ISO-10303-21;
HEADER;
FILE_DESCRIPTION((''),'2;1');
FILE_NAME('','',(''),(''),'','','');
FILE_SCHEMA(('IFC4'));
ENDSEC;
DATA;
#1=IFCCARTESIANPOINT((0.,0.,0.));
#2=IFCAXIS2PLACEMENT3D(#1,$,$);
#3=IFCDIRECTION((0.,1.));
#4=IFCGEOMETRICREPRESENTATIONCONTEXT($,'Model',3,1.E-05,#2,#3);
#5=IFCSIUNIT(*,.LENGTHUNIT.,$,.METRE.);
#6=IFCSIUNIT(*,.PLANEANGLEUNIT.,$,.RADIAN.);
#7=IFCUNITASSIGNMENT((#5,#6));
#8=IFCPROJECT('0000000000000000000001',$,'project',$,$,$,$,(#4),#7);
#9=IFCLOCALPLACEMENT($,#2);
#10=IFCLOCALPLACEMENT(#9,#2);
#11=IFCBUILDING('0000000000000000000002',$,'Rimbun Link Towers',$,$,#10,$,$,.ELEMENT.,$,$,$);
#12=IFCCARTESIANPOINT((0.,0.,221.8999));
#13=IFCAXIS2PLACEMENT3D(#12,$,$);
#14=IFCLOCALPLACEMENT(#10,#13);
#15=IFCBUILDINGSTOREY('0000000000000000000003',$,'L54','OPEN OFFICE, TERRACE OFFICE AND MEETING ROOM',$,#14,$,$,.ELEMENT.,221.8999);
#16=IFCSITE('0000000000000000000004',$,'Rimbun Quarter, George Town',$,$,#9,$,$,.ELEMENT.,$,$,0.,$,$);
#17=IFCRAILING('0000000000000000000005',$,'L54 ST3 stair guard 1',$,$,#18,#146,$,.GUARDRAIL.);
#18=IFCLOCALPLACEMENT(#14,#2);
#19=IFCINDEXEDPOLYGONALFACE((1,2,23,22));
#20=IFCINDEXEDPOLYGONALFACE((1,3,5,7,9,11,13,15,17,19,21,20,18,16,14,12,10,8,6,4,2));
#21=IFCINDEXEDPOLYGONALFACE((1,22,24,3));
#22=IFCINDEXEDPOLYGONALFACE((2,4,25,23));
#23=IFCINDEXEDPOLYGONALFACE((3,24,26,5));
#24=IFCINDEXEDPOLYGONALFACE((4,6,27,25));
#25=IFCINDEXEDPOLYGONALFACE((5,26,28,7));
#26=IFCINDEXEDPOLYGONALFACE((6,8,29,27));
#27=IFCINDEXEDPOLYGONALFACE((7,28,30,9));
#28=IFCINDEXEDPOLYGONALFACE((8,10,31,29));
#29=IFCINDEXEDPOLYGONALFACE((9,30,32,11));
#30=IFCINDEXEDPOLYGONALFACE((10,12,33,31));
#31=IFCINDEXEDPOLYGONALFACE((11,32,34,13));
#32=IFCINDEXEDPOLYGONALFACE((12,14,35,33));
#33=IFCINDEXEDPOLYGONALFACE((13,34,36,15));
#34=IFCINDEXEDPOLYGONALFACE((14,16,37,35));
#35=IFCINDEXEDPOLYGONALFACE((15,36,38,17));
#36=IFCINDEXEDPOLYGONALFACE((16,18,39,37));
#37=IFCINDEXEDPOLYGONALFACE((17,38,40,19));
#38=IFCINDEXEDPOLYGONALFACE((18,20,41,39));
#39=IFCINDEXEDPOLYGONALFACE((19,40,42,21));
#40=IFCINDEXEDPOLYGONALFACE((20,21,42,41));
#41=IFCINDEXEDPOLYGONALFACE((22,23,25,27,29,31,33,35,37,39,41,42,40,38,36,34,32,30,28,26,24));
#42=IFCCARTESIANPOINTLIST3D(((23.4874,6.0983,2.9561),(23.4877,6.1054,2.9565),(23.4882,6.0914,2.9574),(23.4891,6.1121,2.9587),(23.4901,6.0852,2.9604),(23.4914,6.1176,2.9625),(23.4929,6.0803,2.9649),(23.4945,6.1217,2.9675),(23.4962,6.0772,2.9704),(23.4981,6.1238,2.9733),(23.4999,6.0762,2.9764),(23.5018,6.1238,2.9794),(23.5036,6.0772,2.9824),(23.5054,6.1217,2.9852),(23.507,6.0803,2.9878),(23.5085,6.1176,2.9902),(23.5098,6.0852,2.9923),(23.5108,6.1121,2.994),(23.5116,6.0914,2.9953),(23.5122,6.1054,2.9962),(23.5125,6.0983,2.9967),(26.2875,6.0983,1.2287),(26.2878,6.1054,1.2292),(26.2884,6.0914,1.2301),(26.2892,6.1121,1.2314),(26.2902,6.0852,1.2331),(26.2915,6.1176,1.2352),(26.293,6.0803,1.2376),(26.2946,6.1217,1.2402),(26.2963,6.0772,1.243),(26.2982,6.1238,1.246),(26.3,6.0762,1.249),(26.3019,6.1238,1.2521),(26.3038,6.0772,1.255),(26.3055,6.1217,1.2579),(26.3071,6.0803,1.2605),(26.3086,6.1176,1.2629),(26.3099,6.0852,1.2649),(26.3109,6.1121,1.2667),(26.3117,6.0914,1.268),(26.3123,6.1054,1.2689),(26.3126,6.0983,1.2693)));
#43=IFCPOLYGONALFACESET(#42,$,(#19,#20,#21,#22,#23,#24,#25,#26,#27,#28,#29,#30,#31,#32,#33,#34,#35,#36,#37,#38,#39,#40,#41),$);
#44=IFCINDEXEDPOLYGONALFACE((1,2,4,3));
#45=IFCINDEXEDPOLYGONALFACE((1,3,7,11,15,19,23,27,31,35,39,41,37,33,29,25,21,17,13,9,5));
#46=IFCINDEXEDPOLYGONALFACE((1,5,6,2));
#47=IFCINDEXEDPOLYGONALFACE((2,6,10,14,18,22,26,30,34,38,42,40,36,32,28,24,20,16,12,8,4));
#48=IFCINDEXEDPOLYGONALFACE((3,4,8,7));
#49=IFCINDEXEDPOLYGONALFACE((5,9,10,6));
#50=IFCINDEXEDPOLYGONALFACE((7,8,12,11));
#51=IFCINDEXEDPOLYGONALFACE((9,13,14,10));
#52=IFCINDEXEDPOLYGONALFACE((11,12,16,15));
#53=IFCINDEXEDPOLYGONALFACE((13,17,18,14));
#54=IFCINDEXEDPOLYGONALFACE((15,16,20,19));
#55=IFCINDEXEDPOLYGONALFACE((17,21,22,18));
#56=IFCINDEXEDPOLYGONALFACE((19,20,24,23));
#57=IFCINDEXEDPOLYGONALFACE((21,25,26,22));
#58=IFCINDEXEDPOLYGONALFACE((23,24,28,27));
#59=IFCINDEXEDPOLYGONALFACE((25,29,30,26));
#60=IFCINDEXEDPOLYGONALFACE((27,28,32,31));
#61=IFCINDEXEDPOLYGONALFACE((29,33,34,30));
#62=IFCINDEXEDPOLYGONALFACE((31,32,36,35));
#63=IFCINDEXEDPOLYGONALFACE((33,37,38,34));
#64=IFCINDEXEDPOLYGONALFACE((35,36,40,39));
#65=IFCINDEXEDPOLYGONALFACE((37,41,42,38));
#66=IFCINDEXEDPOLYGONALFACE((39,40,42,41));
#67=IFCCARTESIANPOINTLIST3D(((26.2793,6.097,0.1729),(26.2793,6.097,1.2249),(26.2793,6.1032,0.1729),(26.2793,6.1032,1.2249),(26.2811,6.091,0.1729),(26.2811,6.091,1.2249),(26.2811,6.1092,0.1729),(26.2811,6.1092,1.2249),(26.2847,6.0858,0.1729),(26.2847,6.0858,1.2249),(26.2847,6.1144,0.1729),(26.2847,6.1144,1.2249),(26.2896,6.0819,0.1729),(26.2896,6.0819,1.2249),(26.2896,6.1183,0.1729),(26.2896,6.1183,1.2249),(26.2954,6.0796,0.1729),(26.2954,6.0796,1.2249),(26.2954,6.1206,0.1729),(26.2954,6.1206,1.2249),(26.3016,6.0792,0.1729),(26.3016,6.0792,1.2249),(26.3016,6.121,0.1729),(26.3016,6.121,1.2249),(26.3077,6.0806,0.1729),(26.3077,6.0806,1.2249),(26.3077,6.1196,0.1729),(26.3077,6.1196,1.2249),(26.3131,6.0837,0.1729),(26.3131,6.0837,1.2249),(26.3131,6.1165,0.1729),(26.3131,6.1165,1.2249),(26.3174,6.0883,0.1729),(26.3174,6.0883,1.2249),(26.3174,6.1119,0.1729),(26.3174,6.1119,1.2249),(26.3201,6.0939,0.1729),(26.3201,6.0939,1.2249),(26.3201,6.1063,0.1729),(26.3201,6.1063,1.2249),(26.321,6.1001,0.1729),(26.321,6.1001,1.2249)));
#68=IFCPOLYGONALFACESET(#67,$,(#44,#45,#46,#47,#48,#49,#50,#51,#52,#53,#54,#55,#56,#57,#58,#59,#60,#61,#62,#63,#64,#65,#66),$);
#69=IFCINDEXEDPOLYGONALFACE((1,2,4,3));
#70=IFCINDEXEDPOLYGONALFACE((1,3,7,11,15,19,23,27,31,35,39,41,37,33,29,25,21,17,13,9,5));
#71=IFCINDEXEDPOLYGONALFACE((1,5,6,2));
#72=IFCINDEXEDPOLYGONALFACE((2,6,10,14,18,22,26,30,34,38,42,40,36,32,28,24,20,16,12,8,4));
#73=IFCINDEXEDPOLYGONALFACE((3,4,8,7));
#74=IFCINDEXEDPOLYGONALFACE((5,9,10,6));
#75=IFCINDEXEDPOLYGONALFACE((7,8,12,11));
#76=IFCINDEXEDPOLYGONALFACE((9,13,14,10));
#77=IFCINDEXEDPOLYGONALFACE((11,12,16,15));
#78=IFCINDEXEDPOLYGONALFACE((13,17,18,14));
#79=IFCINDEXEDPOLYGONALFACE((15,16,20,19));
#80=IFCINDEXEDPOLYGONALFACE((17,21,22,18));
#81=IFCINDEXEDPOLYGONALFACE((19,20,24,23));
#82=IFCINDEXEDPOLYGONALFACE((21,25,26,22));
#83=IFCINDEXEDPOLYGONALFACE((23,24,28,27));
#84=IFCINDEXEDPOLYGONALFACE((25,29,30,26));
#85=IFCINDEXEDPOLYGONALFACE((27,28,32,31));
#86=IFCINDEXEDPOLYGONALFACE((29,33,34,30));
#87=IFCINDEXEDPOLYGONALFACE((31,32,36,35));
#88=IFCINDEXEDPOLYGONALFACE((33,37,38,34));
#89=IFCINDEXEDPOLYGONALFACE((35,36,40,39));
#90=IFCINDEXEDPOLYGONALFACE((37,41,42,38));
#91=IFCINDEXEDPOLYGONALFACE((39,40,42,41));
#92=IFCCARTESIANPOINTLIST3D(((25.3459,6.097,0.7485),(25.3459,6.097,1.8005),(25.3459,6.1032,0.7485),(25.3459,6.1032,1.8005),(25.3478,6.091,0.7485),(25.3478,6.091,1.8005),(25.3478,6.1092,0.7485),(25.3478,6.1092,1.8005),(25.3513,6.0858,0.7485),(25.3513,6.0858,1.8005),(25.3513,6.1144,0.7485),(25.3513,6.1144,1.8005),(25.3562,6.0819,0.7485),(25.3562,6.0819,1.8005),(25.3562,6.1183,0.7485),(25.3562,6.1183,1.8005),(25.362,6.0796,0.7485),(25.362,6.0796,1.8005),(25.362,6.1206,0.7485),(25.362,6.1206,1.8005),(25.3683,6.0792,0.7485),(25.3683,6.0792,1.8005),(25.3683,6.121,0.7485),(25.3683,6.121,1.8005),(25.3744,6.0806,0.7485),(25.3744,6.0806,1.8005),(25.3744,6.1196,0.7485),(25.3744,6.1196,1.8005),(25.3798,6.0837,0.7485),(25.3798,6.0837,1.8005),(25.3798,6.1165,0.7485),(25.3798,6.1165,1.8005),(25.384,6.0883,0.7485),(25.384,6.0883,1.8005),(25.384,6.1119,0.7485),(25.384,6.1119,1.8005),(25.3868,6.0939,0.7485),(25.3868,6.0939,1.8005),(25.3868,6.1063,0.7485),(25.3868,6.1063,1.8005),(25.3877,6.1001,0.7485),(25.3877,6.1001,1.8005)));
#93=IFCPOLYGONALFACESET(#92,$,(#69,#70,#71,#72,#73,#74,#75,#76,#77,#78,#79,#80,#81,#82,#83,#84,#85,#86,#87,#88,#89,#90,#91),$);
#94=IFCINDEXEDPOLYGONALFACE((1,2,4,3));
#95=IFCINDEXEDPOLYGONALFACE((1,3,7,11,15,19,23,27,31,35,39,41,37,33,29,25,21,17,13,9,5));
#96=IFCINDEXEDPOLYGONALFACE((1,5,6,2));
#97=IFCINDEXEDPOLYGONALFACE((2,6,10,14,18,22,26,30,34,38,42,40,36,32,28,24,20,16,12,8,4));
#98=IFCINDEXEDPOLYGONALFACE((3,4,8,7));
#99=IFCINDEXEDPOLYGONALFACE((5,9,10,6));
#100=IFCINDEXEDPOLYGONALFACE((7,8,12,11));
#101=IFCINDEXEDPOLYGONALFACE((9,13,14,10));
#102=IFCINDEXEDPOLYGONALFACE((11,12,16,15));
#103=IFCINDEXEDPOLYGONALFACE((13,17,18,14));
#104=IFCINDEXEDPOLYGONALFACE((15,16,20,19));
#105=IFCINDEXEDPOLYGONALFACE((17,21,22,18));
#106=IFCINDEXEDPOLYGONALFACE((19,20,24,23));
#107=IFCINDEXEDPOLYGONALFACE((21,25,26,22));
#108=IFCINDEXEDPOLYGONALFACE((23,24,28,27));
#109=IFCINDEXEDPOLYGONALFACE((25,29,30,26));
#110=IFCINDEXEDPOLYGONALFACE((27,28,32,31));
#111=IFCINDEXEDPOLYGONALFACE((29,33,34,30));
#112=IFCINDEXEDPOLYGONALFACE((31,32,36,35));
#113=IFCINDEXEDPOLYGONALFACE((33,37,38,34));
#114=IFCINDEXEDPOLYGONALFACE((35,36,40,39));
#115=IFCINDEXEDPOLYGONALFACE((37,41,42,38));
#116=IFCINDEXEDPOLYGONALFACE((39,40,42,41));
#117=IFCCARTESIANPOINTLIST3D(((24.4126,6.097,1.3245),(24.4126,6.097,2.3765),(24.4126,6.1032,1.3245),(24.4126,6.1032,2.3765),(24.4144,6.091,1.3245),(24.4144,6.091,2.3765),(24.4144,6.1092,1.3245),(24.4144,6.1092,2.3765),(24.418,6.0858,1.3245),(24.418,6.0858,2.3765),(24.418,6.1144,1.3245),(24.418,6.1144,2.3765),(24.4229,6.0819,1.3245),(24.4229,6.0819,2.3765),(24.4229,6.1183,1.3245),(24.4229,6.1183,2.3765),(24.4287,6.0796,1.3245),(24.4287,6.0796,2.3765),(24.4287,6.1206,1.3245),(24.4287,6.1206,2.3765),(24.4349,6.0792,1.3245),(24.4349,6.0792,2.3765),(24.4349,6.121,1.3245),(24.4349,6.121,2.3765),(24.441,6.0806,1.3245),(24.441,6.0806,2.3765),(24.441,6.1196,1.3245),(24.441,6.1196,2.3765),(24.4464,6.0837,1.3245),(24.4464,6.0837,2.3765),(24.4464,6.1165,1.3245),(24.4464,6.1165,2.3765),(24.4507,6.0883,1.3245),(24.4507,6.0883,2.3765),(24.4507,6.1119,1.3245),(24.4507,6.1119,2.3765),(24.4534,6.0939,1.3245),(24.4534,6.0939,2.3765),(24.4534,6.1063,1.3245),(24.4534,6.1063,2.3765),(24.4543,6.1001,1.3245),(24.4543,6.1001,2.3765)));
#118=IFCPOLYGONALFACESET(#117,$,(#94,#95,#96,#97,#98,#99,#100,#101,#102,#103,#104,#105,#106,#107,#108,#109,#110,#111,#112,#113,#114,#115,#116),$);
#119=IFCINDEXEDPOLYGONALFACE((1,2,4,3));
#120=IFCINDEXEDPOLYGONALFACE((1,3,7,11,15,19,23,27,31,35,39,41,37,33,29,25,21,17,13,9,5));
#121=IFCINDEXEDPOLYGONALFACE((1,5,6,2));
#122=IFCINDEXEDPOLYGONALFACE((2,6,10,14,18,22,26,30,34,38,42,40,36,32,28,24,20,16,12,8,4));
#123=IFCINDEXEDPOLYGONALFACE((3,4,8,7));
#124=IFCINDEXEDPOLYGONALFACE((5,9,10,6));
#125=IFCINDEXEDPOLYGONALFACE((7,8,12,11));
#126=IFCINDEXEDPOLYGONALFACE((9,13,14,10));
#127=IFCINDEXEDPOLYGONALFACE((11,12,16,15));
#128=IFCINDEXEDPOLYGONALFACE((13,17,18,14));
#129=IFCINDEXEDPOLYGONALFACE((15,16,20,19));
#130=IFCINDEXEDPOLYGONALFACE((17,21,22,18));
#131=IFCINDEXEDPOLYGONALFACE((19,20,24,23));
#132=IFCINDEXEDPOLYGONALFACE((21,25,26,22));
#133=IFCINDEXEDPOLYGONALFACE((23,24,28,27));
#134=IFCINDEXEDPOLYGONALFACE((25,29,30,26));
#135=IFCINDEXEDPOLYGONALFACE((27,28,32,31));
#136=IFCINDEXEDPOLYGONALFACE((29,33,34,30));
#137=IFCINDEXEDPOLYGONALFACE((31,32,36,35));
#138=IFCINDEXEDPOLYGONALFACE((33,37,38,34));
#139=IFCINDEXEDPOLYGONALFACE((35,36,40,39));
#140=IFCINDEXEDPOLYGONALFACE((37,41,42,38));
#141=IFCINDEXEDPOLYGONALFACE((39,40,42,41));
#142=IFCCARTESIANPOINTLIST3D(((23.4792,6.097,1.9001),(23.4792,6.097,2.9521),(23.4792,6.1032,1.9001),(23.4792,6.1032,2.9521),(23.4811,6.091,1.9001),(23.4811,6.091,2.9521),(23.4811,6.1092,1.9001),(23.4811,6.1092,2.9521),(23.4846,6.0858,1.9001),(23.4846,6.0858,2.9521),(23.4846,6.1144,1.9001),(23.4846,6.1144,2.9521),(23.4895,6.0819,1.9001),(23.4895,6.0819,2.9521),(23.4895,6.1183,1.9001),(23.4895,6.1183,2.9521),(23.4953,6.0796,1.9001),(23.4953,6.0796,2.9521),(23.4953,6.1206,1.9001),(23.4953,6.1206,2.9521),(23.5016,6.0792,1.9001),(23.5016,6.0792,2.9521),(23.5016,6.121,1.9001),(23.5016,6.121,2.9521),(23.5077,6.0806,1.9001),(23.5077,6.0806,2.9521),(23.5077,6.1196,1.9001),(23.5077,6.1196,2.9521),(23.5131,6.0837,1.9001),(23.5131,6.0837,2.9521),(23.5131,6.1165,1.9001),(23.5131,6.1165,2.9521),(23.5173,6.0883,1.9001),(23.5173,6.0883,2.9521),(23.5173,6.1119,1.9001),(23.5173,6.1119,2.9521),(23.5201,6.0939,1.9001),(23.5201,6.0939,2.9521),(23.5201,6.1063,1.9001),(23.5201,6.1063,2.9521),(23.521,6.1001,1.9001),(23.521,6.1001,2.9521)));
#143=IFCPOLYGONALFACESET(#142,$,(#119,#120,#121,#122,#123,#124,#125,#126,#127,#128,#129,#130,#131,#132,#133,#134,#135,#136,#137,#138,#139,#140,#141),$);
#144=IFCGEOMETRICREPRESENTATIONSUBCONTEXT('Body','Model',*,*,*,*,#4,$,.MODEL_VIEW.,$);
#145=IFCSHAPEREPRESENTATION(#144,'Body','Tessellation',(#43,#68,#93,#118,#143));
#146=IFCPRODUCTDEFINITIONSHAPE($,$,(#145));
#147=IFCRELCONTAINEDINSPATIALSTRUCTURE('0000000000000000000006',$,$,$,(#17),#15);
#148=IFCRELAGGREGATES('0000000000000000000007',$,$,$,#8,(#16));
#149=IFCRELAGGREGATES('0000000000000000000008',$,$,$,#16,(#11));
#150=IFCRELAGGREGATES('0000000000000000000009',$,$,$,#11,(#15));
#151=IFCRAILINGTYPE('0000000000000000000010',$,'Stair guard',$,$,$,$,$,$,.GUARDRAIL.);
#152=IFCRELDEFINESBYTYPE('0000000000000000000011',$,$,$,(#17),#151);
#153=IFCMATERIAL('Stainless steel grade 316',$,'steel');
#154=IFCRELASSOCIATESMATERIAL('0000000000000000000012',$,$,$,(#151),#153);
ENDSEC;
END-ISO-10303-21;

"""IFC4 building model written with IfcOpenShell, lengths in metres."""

from ifc_helpers import new_model, si_unit, direction, frame, origin, origin_2d, place, context, subcontext, project, spatial, circle, extrude, material, type_object, element, save


model = new_model("IFC4")

# Units and contexts
model_context = context("Model", 3, precision=1e-05, world=origin(), true_north=direction((0.0, 1.0)))
body_context = subcontext(model_context, "Body", "Model", "MODEL_VIEW")
ifc_project = project(units=[si_unit("LENGTHUNIT", "METRE"), si_unit("PLANEANGLEUNIT", "RADIAN")], contexts=[model_context])

# Site, building, storey
site_placement = place(None, origin())
site = spatial("IfcSite", under=ifc_project, at=site_placement, Name="Rimbun Quarter, George Town", CompositionType="ELEMENT", RefElevation=0.0)
building_placement = place(site_placement, origin())
building = spatial("IfcBuilding", under=site, at=building_placement, Name="Rimbun Link Towers", CompositionType="ELEMENT")
storey_placement = place(building_placement, frame((0.0, 0.0, 221.8999)))
storey = spatial("IfcBuildingStorey", under=building, at=storey_placement, Name="L54", Description="OPEN OFFICE, TERRACE OFFICE AND MEETING ROOM", CompositionType="ELEMENT", Elevation=221.8999)

# Railing
ifc_material_1 = material(Name="Stainless steel grade 316", Category="steel")
railing_type_1 = type_object("IfcRailingType", Name="Stair guard", PredefinedType="GUARDRAIL", material=ifc_material_1)
railing_1_placement = place(storey_placement, frame((26.3, 6.1001, 0.1729)))
element("IfcRailing", 1, at=railing_1_placement, inside=storey, type_object=railing_type_1, Name="L54 ST3 stair guard 1", PredefinedType="GUARDRAIL", context=body_context, shape_type="SweptSolid", body=[
    extrude(circle(Radius=0.0239, at=origin_2d()), frame((0.0, 0.0, 1.0762), z_axis=(-0.85109, 0.0, 0.52502), x_axis=(0.0, -1.0, 0.0)), (0.0, 0.0, 1.0), 3.29),
    extrude(circle(Radius=0.021, at=origin_2d()), origin(), (0.0, 0.0, 1.0), 1.052),
    extrude(circle(Radius=0.021, at=origin_2d()), frame((-0.9333, 0.0, 0.5757)), (0.0, 0.0, 1.0), 1.052),
    extrude(circle(Radius=0.021, at=origin_2d()), frame((-1.8667, 0.0, 1.1516)), (0.0, 0.0, 1.0), 1.052),
    extrude(circle(Radius=0.021, at=origin_2d()), frame((-2.8, 0.0, 1.7273)), (0.0, 0.0, 1.0), 1.052),
])

save(model, "model.ifc")
